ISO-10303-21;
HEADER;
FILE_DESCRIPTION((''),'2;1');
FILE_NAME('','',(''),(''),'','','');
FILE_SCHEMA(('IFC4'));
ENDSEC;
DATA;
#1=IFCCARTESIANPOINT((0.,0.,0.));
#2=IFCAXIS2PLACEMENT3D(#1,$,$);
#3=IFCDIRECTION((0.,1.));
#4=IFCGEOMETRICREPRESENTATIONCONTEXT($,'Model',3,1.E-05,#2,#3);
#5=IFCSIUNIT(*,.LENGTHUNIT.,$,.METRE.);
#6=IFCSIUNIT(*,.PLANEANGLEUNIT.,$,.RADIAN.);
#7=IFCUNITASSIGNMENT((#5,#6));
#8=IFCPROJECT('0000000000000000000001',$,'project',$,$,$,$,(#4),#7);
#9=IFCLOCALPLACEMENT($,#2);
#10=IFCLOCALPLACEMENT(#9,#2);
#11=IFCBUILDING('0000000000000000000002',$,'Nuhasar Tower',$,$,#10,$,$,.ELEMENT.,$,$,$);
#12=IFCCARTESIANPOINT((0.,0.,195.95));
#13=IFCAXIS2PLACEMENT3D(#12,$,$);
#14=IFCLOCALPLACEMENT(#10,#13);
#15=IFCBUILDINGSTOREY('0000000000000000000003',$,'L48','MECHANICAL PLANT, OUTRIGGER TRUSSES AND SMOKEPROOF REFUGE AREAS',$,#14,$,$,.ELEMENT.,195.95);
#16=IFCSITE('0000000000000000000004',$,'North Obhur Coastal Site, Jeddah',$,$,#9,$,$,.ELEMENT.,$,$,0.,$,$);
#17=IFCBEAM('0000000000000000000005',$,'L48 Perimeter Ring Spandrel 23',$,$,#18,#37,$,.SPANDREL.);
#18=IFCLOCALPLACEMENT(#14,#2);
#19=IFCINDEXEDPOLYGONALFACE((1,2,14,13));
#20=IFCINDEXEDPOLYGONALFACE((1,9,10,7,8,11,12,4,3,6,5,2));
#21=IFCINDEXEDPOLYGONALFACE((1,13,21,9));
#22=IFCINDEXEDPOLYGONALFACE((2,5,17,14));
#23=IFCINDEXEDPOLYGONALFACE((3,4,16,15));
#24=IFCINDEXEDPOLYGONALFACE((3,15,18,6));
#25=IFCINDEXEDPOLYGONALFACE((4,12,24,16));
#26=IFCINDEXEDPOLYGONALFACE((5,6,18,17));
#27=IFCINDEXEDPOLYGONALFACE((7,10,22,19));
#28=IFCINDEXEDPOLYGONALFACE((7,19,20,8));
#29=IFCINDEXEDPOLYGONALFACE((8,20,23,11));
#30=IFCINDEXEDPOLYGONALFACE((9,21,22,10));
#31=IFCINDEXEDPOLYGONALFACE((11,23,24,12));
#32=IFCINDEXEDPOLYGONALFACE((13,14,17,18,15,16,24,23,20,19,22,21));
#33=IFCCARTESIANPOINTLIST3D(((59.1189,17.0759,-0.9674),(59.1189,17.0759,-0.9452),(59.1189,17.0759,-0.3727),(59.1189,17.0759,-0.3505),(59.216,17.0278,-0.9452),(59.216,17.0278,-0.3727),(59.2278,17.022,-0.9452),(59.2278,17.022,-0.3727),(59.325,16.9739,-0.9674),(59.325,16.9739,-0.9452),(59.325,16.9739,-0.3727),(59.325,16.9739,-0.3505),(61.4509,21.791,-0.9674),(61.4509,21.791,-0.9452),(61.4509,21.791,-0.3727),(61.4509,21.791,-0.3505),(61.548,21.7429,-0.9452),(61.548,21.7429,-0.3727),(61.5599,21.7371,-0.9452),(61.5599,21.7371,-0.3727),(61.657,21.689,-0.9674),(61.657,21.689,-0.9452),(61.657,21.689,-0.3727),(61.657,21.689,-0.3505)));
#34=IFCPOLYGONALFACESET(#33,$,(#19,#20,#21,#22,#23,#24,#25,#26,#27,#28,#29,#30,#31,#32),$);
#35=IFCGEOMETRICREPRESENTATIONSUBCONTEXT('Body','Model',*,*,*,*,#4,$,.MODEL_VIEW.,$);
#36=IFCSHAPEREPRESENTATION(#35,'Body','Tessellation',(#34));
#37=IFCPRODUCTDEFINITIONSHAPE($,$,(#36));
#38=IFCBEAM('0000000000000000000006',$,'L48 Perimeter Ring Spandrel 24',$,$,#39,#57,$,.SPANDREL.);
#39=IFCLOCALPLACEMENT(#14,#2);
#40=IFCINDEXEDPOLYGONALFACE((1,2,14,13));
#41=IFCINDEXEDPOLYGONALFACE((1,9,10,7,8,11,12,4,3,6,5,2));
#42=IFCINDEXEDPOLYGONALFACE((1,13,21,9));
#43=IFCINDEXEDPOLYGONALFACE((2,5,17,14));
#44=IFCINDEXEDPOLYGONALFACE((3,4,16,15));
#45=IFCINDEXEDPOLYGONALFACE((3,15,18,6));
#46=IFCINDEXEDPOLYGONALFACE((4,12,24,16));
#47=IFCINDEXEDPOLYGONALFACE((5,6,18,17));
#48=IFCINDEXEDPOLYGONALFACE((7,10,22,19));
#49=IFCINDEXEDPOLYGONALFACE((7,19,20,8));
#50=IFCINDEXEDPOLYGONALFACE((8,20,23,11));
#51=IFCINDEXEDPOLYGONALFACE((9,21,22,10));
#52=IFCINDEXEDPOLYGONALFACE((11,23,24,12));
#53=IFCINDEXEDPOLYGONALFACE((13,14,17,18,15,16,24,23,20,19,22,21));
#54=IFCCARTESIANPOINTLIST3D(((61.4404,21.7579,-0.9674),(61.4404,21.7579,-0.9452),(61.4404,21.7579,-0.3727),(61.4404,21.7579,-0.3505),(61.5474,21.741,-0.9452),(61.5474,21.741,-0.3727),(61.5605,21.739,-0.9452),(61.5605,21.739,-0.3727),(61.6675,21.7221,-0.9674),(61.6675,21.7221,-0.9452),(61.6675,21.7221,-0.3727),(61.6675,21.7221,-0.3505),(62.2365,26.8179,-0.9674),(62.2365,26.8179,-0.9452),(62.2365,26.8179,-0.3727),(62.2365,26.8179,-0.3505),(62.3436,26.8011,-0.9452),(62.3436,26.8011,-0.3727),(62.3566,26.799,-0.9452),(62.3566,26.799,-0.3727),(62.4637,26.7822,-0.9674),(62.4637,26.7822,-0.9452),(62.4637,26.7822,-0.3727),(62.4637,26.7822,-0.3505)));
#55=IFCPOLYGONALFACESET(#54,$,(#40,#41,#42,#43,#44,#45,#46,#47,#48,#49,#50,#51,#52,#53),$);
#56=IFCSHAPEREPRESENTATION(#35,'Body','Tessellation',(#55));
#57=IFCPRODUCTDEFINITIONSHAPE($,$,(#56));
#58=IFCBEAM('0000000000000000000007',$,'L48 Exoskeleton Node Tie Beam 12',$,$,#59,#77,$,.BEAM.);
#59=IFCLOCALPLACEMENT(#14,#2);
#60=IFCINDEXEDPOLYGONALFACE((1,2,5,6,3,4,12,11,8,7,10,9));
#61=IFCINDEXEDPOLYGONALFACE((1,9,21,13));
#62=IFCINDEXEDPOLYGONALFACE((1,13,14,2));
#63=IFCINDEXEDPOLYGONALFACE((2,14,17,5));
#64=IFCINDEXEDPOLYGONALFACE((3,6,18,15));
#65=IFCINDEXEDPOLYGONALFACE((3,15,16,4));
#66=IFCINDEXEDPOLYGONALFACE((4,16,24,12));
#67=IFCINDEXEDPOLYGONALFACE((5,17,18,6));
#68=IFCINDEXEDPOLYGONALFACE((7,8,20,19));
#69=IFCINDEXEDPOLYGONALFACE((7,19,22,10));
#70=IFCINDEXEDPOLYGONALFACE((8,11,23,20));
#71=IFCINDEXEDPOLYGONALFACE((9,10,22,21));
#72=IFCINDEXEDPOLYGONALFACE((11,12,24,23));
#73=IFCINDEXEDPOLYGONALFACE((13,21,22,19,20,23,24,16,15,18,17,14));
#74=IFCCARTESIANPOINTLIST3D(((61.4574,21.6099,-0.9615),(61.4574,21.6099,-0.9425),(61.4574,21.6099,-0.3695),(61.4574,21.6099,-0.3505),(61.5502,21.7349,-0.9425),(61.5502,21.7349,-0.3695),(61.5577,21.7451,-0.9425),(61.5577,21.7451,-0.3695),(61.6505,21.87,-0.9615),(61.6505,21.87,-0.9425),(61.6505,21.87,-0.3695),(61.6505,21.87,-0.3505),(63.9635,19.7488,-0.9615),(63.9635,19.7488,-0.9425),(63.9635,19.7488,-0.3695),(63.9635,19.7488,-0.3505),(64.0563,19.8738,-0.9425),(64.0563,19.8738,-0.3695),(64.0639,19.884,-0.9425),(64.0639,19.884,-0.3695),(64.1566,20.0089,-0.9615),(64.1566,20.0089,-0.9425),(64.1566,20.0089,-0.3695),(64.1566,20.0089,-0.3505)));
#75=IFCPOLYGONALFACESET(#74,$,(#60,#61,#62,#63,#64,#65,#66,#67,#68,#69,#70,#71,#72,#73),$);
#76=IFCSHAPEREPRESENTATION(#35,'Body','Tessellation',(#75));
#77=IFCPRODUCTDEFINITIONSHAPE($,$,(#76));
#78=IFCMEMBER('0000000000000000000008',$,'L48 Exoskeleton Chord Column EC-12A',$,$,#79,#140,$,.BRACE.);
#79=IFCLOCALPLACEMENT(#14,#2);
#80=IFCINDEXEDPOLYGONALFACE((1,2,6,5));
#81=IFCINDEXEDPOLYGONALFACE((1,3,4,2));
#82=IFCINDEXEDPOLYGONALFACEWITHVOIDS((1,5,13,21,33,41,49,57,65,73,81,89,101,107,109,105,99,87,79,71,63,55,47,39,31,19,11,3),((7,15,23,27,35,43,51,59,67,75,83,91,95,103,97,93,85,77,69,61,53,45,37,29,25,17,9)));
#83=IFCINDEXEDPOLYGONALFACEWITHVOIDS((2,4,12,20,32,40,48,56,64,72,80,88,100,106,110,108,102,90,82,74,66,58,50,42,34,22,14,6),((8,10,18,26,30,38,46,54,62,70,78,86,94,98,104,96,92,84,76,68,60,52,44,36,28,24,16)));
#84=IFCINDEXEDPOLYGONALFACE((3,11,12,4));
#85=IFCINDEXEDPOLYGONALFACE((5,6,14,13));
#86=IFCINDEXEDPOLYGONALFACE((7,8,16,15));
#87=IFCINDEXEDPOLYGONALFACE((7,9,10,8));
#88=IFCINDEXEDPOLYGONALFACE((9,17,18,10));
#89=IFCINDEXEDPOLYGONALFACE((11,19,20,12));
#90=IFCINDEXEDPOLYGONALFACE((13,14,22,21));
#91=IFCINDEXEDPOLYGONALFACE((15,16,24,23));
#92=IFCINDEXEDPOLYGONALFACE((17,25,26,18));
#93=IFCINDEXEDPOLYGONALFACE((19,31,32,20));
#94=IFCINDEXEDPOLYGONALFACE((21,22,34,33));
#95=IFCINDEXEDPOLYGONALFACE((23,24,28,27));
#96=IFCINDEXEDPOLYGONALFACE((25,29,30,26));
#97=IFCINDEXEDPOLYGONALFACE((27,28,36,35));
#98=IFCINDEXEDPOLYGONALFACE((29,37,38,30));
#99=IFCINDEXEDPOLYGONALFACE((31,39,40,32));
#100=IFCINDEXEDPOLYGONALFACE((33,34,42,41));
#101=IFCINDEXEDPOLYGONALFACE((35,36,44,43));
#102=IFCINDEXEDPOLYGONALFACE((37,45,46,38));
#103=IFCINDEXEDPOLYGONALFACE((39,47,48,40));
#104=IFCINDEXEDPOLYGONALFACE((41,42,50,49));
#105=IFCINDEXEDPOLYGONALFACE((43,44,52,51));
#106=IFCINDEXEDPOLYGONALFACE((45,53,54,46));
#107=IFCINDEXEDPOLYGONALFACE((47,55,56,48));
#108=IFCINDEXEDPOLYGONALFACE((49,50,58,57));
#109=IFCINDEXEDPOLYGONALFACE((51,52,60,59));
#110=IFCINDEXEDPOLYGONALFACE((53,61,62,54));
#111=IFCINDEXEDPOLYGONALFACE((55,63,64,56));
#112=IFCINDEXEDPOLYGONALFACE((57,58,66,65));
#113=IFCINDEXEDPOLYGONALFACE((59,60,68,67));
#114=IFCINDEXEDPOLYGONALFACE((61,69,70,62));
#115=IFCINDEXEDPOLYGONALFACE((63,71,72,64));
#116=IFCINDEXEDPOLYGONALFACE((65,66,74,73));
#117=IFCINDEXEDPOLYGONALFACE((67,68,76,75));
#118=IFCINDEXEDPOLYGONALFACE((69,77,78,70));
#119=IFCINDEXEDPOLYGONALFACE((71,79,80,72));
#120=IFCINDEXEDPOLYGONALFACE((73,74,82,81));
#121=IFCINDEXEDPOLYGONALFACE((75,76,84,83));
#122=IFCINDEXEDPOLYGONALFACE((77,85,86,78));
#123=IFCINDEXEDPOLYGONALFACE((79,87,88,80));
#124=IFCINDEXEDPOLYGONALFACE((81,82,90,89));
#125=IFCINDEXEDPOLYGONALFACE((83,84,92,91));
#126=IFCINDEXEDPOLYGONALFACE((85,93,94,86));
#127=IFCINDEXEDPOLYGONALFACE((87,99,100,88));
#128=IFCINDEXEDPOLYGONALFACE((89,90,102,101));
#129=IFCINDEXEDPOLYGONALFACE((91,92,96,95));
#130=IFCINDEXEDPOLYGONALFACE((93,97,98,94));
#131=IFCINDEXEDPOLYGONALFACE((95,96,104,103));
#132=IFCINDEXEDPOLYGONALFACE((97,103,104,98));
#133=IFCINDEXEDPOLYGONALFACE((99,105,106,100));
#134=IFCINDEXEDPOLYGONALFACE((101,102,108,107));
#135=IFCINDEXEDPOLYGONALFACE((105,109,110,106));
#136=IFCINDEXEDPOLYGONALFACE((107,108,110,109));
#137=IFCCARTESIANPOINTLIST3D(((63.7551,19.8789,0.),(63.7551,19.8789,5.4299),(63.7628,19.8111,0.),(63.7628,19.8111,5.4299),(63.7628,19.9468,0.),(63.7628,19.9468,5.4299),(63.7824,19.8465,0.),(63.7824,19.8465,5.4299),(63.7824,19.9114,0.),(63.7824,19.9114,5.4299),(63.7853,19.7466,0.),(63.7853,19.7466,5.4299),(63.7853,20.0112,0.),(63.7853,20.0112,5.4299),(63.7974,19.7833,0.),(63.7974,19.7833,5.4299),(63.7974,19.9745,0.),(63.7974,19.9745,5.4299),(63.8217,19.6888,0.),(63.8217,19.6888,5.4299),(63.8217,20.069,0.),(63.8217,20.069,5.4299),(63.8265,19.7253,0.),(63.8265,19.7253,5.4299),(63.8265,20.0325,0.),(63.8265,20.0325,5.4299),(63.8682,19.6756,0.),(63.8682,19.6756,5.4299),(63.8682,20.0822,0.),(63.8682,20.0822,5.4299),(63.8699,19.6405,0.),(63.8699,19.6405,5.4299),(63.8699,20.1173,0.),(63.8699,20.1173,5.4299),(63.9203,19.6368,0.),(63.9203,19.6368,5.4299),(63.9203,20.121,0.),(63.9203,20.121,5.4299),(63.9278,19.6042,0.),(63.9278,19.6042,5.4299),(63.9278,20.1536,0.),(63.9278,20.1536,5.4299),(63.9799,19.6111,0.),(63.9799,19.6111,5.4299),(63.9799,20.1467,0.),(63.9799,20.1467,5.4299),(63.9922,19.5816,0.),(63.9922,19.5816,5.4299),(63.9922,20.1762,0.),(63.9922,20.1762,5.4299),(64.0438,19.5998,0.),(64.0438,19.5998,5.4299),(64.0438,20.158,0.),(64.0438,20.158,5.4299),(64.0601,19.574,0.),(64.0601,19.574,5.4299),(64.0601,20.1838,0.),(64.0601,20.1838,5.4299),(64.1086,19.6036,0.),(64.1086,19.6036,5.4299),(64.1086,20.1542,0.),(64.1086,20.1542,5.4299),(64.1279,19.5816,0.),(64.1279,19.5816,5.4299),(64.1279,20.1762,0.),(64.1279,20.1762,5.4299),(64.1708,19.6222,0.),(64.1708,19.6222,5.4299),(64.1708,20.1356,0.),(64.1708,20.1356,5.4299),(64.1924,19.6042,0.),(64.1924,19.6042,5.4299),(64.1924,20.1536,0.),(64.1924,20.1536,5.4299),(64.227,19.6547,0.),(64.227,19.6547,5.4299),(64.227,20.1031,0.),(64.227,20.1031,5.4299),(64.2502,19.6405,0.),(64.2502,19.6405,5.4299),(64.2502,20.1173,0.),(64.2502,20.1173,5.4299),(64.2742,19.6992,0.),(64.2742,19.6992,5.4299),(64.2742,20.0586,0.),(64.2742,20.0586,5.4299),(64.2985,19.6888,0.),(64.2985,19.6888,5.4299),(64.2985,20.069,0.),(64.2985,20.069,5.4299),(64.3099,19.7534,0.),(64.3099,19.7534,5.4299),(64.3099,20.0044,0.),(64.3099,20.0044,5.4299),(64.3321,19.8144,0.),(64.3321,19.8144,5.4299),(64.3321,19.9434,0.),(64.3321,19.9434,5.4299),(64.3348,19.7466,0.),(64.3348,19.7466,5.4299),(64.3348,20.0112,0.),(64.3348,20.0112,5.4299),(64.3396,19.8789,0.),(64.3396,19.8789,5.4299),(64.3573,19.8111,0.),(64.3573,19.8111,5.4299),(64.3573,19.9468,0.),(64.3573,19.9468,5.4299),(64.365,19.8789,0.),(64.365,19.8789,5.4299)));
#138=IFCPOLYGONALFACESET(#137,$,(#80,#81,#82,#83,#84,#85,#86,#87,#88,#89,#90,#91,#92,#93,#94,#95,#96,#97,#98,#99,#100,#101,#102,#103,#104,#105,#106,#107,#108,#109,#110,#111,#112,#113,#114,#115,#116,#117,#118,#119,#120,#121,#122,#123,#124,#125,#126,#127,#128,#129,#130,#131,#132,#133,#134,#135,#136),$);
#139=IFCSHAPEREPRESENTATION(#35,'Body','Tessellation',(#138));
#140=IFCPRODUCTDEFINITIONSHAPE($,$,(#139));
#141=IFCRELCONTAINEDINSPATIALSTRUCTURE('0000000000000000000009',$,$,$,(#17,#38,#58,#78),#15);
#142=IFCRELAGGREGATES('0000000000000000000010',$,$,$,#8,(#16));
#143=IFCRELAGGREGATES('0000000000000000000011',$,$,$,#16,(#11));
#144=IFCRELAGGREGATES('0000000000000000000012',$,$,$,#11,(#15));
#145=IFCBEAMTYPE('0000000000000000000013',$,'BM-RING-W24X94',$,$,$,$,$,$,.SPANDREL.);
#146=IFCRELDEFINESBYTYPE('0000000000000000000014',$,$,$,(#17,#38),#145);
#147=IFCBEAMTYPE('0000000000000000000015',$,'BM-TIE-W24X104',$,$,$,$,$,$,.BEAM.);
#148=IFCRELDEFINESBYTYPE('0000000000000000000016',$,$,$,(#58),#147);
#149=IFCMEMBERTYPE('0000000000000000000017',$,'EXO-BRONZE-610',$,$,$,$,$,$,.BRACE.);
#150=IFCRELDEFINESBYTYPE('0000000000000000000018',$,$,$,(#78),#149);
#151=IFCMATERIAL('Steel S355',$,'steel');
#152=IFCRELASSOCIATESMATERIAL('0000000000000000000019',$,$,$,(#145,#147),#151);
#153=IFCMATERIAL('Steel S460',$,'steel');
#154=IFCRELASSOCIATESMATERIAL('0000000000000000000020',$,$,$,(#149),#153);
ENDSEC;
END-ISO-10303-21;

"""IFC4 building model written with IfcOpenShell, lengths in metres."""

from ifc_helpers import new_model, si_unit, direction, frame, origin, origin_2d, place, context, subcontext, project, spatial, hollow_circle, i_section, extrude, material, material_profile, profile_set, type_object, element, save


model = new_model("IFC4")

# Units and contexts
model_context = context("Model", 3, precision=1e-05, world=origin(), true_north=direction((0.0, 1.0)))
body_context = subcontext(model_context, "Body", "Model", "MODEL_VIEW")
ifc_project = project(units=[si_unit("LENGTHUNIT", "METRE"), si_unit("PLANEANGLEUNIT", "RADIAN")], contexts=[model_context])

# Site, building, storey
site_placement = place(None, origin())
site = spatial("IfcSite", under=ifc_project, at=site_placement, Name="North Obhur Coastal Site, Jeddah", CompositionType="ELEMENT", RefElevation=0.0)
building_placement = place(site_placement, origin())
building = spatial("IfcBuilding", under=site, at=building_placement, Name="Nuhasar Tower", CompositionType="ELEMENT")
storey_placement = place(building_placement, frame((0.0, 0.0, 195.95)))
storey = spatial("IfcBuildingStorey", under=building, at=storey_placement, Name="L48", Description="MECHANICAL PLANT, OUTRIGGER TRUSSES AND SMOKEPROOF REFUGE AREAS", CompositionType="ELEMENT", Elevation=195.95)

# Shared definitions
ifc_material_1 = material(Name="Steel S460", Category="steel")

# Beams
ifc_material_2 = material(Name="Steel S355", Category="steel")
ifc_material_profile_1 = material_profile(ifc_material_2, i_section(OverallWidth=0.23, OverallDepth=0.6169, WebThickness=0.0132, FlangeThickness=0.0222, at=origin_2d()), Name="W24X94")
ifc_profile_set_1 = profile_set([ifc_material_profile_1], Name="Steel S355")
beam_type_1 = type_object("IfcBeamType", Name="BM-RING-W24X94", PredefinedType="SPANDREL", material=ifc_profile_set_1)
beam_1_placement = place(storey_placement, frame((59.2219, 17.0249, -0.6589), z_axis=(0.443329, 0.896359, 0.0), x_axis=(-0.896359, 0.443329, 0.0)))
element("IfcBeam", 1, at=beam_1_placement, inside=storey, type_object=beam_type_1, Name="L48 Perimeter Ring Spandrel 23", PredefinedType="SPANDREL", context=body_context, shape_type="SweptSolid", body=[
    extrude(i_section(OverallWidth=0.23, OverallDepth=0.6169, WebThickness=0.0132, FlangeThickness=0.0222, at=origin_2d()), origin(), (0.0, 0.0, 1.0), 5.2603),
])
beam_2_placement = place(storey_placement, frame((61.554, 21.74, -0.6589), z_axis=(0.155427, 0.987847, 0.0), x_axis=(-0.987847, 0.155427, 0.0)))
element("IfcBeam", 2, at=beam_2_placement, inside=storey, type_object=beam_type_1, Name="L48 Perimeter Ring Spandrel 24", PredefinedType="SPANDREL", context=body_context, shape_type="SweptSolid", body=[
    extrude(i_section(OverallWidth=0.23, OverallDepth=0.6169, WebThickness=0.0132, FlangeThickness=0.0222, at=origin_2d()), origin(), (0.0, 0.0, 1.0), 5.1223),
])
ifc_material_profile_2 = material_profile(ifc_material_2, i_section(OverallWidth=0.324, OverallDepth=0.6111, WebThickness=0.0127, FlangeThickness=0.019, at=origin_2d()), Name="W24X104")
ifc_profile_set_2 = profile_set([ifc_material_profile_2], Name="Steel S355")
beam_type_2 = type_object("IfcBeamType", Name="BM-TIE-W24X104", PredefinedType="BEAM", material=ifc_profile_set_2)
beam_3_placement = place(storey_placement, frame((61.554, 21.74, -0.656), z_axis=(0.802835, -0.596202, 0.0), x_axis=(0.596202, 0.802835, 0.0)))
element("IfcBeam", 3, at=beam_3_placement, inside=storey, type_object=beam_type_2, Name="L48 Exoskeleton Node Tie Beam 12", PredefinedType="BEAM", context=body_context, shape_type="SweptSolid", body=[
    extrude(i_section(OverallWidth=0.324, OverallDepth=0.6111, WebThickness=0.0127, FlangeThickness=0.019, at=origin_2d()), origin(), (0.0, 0.0, 1.0), 3.1216),
])

# Member
ifc_material_profile_3 = material_profile(ifc_material_1, hollow_circle(Radius=0.3049, WallThickness=0.0254, at=origin_2d()), Name="HSS610X25.4")
ifc_profile_set_3 = profile_set([ifc_material_profile_3], Name="Steel S460")
member_type_1 = type_object("IfcMemberType", Name="EXO-BRONZE-610", PredefinedType="BRACE", material=ifc_profile_set_3)
for number, where, z_axis, x_axis, name in (
    (4, (64.0601, 19.8789, 0.0), (0.0, 0.0, 1.0), (1.0, 0.0, 0.0), "L48 Exoskeleton Chord Column EC-12A"),
):
    element("IfcMember", number, at=place(storey_placement, frame(where, z_axis=z_axis, x_axis=x_axis)), inside=storey, type_object=member_type_1, Name=name, PredefinedType="BRACE", context=body_context, shape_type="SweptSolid", body=[
        extrude(hollow_circle(Radius=0.3049, WallThickness=0.0254, at=origin_2d()), origin(), (0.0, 0.0, 1.0), 5.4299),
    ])

save(model, "model.ifc")
